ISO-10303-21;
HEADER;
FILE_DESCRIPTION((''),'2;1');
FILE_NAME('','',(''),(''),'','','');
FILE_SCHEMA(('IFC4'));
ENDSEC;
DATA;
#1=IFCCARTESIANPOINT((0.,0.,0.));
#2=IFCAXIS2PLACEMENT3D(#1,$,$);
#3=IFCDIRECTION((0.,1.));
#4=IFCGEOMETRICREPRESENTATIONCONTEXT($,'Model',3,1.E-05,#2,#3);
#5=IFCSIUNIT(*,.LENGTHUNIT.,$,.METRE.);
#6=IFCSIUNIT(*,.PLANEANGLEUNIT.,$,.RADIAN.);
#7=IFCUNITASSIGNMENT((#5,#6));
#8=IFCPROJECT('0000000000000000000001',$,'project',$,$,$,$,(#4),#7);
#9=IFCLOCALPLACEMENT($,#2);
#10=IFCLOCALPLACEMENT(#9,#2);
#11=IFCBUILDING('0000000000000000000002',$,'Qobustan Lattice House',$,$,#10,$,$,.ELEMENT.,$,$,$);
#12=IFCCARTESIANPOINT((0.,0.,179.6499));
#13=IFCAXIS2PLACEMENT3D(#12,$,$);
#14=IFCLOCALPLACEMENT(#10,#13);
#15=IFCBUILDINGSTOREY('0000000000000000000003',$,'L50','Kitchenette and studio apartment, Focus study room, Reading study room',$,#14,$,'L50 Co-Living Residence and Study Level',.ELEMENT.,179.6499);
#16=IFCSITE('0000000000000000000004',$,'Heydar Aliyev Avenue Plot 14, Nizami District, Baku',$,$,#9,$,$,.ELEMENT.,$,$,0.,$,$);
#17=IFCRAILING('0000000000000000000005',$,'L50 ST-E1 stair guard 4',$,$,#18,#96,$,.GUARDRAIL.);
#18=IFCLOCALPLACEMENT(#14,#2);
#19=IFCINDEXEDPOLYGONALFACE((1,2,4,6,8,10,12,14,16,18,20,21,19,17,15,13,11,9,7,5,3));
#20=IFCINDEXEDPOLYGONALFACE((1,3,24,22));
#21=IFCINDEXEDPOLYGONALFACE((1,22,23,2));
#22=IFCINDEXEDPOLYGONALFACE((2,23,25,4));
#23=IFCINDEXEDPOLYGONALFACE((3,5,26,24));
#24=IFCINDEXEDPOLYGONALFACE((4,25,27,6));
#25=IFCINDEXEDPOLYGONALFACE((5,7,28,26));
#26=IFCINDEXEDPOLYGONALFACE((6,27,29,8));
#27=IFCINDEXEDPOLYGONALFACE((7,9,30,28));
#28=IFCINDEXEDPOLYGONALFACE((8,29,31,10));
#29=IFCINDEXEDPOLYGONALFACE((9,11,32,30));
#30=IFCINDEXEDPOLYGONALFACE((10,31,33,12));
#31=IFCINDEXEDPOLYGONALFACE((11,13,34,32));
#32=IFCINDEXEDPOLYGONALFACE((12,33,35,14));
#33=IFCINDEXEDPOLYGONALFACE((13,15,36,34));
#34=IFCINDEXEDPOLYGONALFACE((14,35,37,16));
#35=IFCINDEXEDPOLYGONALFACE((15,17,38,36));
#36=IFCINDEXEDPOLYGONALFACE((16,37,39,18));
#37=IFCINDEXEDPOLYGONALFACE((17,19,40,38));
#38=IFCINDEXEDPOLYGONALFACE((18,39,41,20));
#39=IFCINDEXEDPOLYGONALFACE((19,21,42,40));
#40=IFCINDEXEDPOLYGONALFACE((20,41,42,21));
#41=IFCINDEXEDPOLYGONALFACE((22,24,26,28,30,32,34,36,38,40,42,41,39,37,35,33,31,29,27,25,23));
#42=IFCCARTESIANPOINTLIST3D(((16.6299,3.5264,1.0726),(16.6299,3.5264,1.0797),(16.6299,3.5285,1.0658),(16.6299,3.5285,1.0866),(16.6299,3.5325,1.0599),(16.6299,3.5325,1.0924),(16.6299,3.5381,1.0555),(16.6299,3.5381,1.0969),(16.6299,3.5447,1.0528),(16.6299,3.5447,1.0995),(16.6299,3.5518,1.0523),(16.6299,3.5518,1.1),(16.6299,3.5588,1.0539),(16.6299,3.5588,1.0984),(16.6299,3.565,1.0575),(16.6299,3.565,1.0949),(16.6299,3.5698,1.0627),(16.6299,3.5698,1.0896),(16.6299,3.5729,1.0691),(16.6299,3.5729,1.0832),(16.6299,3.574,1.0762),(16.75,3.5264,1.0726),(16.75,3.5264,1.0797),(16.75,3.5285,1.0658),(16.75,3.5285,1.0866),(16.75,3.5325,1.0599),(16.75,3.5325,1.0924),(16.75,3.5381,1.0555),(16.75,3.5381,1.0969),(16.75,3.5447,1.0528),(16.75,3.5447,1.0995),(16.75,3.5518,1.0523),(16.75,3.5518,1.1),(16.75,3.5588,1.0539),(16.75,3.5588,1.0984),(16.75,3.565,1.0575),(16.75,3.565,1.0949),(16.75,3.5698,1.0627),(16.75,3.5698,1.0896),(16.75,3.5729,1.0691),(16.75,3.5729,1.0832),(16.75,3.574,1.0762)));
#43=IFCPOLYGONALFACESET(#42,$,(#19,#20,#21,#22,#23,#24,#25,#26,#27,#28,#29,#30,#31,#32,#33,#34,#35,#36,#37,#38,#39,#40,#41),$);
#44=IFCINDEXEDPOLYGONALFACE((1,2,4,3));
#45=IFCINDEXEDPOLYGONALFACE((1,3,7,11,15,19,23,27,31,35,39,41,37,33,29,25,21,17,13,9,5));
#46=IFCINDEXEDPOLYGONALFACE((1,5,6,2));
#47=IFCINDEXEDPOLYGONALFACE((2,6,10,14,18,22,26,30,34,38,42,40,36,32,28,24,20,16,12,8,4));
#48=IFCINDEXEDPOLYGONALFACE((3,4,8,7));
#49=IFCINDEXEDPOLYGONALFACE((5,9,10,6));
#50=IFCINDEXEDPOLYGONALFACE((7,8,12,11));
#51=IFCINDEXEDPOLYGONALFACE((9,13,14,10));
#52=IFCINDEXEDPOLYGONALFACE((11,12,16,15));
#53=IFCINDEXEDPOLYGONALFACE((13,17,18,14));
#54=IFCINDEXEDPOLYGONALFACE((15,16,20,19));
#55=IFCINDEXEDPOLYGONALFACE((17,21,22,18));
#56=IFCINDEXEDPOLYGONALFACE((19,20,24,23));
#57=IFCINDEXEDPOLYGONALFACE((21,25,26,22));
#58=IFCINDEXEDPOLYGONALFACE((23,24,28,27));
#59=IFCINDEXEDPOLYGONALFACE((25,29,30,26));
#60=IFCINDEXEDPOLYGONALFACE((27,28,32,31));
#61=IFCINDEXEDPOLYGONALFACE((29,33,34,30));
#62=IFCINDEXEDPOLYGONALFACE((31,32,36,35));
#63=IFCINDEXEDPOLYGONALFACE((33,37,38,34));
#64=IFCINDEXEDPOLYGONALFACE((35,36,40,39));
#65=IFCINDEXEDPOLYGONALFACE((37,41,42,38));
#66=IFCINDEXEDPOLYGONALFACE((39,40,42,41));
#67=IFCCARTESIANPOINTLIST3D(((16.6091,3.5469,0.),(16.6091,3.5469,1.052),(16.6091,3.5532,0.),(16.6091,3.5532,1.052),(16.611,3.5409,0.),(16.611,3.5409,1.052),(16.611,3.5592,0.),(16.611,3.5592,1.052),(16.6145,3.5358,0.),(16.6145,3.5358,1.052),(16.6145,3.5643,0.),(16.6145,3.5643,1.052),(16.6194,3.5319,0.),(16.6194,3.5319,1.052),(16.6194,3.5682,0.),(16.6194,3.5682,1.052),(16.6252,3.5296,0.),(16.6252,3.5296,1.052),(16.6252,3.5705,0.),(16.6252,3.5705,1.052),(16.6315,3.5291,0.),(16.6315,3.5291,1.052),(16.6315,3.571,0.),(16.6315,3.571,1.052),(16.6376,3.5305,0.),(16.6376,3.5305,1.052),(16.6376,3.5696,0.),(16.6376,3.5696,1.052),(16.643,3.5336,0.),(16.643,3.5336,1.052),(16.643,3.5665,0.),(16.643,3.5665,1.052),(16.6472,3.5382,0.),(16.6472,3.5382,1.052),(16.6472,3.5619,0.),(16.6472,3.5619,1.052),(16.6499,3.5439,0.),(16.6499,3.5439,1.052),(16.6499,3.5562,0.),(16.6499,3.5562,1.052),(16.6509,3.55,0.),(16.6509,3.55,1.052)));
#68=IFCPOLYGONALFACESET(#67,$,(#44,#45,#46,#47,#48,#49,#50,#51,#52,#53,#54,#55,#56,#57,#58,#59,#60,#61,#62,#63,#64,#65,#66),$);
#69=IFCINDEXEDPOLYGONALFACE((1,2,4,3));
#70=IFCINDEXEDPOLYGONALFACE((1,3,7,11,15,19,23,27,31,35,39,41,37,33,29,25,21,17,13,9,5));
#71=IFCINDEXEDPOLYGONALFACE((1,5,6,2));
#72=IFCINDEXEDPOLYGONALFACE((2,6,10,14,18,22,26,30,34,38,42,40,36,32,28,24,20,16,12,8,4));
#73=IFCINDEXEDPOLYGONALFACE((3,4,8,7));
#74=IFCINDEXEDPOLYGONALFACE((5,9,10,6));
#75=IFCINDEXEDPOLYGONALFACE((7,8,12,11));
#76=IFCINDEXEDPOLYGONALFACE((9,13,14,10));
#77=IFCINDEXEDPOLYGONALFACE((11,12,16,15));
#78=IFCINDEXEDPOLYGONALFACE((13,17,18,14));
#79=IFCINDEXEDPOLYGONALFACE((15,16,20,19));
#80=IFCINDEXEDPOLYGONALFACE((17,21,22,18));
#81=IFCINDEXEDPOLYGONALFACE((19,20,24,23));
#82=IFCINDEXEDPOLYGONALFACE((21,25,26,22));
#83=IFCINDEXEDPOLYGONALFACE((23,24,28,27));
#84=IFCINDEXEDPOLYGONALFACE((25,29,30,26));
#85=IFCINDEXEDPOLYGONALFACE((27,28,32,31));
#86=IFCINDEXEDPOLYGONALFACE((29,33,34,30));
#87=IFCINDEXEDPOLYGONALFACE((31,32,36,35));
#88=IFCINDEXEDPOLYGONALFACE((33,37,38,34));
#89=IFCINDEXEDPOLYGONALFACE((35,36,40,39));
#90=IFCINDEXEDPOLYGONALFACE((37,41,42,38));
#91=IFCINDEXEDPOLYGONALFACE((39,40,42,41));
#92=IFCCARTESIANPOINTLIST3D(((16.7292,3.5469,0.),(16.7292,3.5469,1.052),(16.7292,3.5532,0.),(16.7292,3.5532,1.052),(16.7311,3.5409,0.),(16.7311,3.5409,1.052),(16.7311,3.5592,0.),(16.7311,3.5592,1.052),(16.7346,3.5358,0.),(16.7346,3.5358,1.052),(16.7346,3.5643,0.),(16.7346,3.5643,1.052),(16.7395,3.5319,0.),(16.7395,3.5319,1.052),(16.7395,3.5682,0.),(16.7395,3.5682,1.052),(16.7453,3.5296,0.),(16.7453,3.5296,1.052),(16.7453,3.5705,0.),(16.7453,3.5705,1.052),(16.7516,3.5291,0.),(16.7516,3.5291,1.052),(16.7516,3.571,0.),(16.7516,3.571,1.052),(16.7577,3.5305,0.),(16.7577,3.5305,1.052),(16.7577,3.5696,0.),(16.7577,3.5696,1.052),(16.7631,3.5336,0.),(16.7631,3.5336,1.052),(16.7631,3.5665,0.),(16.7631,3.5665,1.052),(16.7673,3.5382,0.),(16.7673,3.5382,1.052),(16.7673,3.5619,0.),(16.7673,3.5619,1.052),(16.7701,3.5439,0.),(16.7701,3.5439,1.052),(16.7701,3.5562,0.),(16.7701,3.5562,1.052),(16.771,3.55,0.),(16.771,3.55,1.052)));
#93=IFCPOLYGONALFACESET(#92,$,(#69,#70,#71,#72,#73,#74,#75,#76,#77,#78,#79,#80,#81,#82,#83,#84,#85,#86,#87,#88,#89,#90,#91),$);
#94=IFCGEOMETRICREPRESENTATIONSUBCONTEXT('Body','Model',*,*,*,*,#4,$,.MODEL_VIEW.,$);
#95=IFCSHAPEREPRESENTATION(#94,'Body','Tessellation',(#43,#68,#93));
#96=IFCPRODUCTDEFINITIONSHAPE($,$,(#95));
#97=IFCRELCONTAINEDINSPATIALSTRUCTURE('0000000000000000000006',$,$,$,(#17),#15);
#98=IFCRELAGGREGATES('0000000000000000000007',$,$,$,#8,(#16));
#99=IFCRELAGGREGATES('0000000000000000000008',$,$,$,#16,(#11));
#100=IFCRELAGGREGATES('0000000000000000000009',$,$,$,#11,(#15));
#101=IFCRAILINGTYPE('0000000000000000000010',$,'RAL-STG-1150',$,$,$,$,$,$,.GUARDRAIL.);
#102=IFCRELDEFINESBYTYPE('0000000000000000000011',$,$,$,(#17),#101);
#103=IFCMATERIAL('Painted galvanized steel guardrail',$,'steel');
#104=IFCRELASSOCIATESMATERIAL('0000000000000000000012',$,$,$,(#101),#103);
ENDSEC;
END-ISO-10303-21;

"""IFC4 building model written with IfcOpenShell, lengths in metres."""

from ifc_helpers import new_model, si_unit, direction, frame, origin, origin_2d, place, context, subcontext, project, spatial, circle, extrude, material, type_object, element, save


model = new_model("IFC4")

# Units and contexts
model_context = context("Model", 3, precision=1e-05, world=origin(), true_north=direction((0.0, 1.0)))
body_context = subcontext(model_context, "Body", "Model", "MODEL_VIEW")
ifc_project = project(units=[si_unit("LENGTHUNIT", "METRE"), si_unit("PLANEANGLEUNIT", "RADIAN")], contexts=[model_context])

# Site, building, storey
site_placement = place(None, origin())
site = spatial("IfcSite", under=ifc_project, at=site_placement, Name="Heydar Aliyev Avenue Plot 14, Nizami District, Baku", CompositionType="ELEMENT", RefElevation=0.0)
building_placement = place(site_placement, origin())
building = spatial("IfcBuilding", under=site, at=building_placement, Name="Qobustan Lattice House", CompositionType="ELEMENT")
storey_placement = place(building_placement, frame((0.0, 0.0, 179.6499)))
storey = spatial("IfcBuildingStorey", under=building, at=storey_placement, Name="L50", Description="Kitchenette and studio apartment, Focus study room, Reading study room", LongName="L50 Co-Living Residence and Study Level", CompositionType="ELEMENT", Elevation=179.6499)

# Railing
ifc_material_1 = material(Name="Painted galvanized steel guardrail", Category="steel")
railing_type_1 = type_object("IfcRailingType", Name="RAL-STG-1150", PredefinedType="GUARDRAIL", material=ifc_material_1)
railing_1_placement = place(storey_placement, frame((16.6299, 3.55, 0.0)))
element("IfcRailing", 1, at=railing_1_placement, inside=storey, type_object=railing_type_1, Name="L50 ST-E1 stair guard 4", PredefinedType="GUARDRAIL", context=body_context, shape_type="SweptSolid", body=[
    extrude(circle(Radius=0.0239, at=origin_2d()), frame((0.0, 0.0, 1.0762), z_axis=(1.0, 0.0, 0.0), x_axis=(0.0, 1.0, 0.0)), (0.0, 0.0, 1.0), 0.1201),
    extrude(circle(Radius=0.021, at=origin_2d()), origin(), (0.0, 0.0, 1.0), 1.052),
    extrude(circle(Radius=0.021, at=origin_2d()), frame((0.1201, 0.0, 0.0)), (0.0, 0.0, 1.0), 1.052),
])

save(model, "model.ifc")
